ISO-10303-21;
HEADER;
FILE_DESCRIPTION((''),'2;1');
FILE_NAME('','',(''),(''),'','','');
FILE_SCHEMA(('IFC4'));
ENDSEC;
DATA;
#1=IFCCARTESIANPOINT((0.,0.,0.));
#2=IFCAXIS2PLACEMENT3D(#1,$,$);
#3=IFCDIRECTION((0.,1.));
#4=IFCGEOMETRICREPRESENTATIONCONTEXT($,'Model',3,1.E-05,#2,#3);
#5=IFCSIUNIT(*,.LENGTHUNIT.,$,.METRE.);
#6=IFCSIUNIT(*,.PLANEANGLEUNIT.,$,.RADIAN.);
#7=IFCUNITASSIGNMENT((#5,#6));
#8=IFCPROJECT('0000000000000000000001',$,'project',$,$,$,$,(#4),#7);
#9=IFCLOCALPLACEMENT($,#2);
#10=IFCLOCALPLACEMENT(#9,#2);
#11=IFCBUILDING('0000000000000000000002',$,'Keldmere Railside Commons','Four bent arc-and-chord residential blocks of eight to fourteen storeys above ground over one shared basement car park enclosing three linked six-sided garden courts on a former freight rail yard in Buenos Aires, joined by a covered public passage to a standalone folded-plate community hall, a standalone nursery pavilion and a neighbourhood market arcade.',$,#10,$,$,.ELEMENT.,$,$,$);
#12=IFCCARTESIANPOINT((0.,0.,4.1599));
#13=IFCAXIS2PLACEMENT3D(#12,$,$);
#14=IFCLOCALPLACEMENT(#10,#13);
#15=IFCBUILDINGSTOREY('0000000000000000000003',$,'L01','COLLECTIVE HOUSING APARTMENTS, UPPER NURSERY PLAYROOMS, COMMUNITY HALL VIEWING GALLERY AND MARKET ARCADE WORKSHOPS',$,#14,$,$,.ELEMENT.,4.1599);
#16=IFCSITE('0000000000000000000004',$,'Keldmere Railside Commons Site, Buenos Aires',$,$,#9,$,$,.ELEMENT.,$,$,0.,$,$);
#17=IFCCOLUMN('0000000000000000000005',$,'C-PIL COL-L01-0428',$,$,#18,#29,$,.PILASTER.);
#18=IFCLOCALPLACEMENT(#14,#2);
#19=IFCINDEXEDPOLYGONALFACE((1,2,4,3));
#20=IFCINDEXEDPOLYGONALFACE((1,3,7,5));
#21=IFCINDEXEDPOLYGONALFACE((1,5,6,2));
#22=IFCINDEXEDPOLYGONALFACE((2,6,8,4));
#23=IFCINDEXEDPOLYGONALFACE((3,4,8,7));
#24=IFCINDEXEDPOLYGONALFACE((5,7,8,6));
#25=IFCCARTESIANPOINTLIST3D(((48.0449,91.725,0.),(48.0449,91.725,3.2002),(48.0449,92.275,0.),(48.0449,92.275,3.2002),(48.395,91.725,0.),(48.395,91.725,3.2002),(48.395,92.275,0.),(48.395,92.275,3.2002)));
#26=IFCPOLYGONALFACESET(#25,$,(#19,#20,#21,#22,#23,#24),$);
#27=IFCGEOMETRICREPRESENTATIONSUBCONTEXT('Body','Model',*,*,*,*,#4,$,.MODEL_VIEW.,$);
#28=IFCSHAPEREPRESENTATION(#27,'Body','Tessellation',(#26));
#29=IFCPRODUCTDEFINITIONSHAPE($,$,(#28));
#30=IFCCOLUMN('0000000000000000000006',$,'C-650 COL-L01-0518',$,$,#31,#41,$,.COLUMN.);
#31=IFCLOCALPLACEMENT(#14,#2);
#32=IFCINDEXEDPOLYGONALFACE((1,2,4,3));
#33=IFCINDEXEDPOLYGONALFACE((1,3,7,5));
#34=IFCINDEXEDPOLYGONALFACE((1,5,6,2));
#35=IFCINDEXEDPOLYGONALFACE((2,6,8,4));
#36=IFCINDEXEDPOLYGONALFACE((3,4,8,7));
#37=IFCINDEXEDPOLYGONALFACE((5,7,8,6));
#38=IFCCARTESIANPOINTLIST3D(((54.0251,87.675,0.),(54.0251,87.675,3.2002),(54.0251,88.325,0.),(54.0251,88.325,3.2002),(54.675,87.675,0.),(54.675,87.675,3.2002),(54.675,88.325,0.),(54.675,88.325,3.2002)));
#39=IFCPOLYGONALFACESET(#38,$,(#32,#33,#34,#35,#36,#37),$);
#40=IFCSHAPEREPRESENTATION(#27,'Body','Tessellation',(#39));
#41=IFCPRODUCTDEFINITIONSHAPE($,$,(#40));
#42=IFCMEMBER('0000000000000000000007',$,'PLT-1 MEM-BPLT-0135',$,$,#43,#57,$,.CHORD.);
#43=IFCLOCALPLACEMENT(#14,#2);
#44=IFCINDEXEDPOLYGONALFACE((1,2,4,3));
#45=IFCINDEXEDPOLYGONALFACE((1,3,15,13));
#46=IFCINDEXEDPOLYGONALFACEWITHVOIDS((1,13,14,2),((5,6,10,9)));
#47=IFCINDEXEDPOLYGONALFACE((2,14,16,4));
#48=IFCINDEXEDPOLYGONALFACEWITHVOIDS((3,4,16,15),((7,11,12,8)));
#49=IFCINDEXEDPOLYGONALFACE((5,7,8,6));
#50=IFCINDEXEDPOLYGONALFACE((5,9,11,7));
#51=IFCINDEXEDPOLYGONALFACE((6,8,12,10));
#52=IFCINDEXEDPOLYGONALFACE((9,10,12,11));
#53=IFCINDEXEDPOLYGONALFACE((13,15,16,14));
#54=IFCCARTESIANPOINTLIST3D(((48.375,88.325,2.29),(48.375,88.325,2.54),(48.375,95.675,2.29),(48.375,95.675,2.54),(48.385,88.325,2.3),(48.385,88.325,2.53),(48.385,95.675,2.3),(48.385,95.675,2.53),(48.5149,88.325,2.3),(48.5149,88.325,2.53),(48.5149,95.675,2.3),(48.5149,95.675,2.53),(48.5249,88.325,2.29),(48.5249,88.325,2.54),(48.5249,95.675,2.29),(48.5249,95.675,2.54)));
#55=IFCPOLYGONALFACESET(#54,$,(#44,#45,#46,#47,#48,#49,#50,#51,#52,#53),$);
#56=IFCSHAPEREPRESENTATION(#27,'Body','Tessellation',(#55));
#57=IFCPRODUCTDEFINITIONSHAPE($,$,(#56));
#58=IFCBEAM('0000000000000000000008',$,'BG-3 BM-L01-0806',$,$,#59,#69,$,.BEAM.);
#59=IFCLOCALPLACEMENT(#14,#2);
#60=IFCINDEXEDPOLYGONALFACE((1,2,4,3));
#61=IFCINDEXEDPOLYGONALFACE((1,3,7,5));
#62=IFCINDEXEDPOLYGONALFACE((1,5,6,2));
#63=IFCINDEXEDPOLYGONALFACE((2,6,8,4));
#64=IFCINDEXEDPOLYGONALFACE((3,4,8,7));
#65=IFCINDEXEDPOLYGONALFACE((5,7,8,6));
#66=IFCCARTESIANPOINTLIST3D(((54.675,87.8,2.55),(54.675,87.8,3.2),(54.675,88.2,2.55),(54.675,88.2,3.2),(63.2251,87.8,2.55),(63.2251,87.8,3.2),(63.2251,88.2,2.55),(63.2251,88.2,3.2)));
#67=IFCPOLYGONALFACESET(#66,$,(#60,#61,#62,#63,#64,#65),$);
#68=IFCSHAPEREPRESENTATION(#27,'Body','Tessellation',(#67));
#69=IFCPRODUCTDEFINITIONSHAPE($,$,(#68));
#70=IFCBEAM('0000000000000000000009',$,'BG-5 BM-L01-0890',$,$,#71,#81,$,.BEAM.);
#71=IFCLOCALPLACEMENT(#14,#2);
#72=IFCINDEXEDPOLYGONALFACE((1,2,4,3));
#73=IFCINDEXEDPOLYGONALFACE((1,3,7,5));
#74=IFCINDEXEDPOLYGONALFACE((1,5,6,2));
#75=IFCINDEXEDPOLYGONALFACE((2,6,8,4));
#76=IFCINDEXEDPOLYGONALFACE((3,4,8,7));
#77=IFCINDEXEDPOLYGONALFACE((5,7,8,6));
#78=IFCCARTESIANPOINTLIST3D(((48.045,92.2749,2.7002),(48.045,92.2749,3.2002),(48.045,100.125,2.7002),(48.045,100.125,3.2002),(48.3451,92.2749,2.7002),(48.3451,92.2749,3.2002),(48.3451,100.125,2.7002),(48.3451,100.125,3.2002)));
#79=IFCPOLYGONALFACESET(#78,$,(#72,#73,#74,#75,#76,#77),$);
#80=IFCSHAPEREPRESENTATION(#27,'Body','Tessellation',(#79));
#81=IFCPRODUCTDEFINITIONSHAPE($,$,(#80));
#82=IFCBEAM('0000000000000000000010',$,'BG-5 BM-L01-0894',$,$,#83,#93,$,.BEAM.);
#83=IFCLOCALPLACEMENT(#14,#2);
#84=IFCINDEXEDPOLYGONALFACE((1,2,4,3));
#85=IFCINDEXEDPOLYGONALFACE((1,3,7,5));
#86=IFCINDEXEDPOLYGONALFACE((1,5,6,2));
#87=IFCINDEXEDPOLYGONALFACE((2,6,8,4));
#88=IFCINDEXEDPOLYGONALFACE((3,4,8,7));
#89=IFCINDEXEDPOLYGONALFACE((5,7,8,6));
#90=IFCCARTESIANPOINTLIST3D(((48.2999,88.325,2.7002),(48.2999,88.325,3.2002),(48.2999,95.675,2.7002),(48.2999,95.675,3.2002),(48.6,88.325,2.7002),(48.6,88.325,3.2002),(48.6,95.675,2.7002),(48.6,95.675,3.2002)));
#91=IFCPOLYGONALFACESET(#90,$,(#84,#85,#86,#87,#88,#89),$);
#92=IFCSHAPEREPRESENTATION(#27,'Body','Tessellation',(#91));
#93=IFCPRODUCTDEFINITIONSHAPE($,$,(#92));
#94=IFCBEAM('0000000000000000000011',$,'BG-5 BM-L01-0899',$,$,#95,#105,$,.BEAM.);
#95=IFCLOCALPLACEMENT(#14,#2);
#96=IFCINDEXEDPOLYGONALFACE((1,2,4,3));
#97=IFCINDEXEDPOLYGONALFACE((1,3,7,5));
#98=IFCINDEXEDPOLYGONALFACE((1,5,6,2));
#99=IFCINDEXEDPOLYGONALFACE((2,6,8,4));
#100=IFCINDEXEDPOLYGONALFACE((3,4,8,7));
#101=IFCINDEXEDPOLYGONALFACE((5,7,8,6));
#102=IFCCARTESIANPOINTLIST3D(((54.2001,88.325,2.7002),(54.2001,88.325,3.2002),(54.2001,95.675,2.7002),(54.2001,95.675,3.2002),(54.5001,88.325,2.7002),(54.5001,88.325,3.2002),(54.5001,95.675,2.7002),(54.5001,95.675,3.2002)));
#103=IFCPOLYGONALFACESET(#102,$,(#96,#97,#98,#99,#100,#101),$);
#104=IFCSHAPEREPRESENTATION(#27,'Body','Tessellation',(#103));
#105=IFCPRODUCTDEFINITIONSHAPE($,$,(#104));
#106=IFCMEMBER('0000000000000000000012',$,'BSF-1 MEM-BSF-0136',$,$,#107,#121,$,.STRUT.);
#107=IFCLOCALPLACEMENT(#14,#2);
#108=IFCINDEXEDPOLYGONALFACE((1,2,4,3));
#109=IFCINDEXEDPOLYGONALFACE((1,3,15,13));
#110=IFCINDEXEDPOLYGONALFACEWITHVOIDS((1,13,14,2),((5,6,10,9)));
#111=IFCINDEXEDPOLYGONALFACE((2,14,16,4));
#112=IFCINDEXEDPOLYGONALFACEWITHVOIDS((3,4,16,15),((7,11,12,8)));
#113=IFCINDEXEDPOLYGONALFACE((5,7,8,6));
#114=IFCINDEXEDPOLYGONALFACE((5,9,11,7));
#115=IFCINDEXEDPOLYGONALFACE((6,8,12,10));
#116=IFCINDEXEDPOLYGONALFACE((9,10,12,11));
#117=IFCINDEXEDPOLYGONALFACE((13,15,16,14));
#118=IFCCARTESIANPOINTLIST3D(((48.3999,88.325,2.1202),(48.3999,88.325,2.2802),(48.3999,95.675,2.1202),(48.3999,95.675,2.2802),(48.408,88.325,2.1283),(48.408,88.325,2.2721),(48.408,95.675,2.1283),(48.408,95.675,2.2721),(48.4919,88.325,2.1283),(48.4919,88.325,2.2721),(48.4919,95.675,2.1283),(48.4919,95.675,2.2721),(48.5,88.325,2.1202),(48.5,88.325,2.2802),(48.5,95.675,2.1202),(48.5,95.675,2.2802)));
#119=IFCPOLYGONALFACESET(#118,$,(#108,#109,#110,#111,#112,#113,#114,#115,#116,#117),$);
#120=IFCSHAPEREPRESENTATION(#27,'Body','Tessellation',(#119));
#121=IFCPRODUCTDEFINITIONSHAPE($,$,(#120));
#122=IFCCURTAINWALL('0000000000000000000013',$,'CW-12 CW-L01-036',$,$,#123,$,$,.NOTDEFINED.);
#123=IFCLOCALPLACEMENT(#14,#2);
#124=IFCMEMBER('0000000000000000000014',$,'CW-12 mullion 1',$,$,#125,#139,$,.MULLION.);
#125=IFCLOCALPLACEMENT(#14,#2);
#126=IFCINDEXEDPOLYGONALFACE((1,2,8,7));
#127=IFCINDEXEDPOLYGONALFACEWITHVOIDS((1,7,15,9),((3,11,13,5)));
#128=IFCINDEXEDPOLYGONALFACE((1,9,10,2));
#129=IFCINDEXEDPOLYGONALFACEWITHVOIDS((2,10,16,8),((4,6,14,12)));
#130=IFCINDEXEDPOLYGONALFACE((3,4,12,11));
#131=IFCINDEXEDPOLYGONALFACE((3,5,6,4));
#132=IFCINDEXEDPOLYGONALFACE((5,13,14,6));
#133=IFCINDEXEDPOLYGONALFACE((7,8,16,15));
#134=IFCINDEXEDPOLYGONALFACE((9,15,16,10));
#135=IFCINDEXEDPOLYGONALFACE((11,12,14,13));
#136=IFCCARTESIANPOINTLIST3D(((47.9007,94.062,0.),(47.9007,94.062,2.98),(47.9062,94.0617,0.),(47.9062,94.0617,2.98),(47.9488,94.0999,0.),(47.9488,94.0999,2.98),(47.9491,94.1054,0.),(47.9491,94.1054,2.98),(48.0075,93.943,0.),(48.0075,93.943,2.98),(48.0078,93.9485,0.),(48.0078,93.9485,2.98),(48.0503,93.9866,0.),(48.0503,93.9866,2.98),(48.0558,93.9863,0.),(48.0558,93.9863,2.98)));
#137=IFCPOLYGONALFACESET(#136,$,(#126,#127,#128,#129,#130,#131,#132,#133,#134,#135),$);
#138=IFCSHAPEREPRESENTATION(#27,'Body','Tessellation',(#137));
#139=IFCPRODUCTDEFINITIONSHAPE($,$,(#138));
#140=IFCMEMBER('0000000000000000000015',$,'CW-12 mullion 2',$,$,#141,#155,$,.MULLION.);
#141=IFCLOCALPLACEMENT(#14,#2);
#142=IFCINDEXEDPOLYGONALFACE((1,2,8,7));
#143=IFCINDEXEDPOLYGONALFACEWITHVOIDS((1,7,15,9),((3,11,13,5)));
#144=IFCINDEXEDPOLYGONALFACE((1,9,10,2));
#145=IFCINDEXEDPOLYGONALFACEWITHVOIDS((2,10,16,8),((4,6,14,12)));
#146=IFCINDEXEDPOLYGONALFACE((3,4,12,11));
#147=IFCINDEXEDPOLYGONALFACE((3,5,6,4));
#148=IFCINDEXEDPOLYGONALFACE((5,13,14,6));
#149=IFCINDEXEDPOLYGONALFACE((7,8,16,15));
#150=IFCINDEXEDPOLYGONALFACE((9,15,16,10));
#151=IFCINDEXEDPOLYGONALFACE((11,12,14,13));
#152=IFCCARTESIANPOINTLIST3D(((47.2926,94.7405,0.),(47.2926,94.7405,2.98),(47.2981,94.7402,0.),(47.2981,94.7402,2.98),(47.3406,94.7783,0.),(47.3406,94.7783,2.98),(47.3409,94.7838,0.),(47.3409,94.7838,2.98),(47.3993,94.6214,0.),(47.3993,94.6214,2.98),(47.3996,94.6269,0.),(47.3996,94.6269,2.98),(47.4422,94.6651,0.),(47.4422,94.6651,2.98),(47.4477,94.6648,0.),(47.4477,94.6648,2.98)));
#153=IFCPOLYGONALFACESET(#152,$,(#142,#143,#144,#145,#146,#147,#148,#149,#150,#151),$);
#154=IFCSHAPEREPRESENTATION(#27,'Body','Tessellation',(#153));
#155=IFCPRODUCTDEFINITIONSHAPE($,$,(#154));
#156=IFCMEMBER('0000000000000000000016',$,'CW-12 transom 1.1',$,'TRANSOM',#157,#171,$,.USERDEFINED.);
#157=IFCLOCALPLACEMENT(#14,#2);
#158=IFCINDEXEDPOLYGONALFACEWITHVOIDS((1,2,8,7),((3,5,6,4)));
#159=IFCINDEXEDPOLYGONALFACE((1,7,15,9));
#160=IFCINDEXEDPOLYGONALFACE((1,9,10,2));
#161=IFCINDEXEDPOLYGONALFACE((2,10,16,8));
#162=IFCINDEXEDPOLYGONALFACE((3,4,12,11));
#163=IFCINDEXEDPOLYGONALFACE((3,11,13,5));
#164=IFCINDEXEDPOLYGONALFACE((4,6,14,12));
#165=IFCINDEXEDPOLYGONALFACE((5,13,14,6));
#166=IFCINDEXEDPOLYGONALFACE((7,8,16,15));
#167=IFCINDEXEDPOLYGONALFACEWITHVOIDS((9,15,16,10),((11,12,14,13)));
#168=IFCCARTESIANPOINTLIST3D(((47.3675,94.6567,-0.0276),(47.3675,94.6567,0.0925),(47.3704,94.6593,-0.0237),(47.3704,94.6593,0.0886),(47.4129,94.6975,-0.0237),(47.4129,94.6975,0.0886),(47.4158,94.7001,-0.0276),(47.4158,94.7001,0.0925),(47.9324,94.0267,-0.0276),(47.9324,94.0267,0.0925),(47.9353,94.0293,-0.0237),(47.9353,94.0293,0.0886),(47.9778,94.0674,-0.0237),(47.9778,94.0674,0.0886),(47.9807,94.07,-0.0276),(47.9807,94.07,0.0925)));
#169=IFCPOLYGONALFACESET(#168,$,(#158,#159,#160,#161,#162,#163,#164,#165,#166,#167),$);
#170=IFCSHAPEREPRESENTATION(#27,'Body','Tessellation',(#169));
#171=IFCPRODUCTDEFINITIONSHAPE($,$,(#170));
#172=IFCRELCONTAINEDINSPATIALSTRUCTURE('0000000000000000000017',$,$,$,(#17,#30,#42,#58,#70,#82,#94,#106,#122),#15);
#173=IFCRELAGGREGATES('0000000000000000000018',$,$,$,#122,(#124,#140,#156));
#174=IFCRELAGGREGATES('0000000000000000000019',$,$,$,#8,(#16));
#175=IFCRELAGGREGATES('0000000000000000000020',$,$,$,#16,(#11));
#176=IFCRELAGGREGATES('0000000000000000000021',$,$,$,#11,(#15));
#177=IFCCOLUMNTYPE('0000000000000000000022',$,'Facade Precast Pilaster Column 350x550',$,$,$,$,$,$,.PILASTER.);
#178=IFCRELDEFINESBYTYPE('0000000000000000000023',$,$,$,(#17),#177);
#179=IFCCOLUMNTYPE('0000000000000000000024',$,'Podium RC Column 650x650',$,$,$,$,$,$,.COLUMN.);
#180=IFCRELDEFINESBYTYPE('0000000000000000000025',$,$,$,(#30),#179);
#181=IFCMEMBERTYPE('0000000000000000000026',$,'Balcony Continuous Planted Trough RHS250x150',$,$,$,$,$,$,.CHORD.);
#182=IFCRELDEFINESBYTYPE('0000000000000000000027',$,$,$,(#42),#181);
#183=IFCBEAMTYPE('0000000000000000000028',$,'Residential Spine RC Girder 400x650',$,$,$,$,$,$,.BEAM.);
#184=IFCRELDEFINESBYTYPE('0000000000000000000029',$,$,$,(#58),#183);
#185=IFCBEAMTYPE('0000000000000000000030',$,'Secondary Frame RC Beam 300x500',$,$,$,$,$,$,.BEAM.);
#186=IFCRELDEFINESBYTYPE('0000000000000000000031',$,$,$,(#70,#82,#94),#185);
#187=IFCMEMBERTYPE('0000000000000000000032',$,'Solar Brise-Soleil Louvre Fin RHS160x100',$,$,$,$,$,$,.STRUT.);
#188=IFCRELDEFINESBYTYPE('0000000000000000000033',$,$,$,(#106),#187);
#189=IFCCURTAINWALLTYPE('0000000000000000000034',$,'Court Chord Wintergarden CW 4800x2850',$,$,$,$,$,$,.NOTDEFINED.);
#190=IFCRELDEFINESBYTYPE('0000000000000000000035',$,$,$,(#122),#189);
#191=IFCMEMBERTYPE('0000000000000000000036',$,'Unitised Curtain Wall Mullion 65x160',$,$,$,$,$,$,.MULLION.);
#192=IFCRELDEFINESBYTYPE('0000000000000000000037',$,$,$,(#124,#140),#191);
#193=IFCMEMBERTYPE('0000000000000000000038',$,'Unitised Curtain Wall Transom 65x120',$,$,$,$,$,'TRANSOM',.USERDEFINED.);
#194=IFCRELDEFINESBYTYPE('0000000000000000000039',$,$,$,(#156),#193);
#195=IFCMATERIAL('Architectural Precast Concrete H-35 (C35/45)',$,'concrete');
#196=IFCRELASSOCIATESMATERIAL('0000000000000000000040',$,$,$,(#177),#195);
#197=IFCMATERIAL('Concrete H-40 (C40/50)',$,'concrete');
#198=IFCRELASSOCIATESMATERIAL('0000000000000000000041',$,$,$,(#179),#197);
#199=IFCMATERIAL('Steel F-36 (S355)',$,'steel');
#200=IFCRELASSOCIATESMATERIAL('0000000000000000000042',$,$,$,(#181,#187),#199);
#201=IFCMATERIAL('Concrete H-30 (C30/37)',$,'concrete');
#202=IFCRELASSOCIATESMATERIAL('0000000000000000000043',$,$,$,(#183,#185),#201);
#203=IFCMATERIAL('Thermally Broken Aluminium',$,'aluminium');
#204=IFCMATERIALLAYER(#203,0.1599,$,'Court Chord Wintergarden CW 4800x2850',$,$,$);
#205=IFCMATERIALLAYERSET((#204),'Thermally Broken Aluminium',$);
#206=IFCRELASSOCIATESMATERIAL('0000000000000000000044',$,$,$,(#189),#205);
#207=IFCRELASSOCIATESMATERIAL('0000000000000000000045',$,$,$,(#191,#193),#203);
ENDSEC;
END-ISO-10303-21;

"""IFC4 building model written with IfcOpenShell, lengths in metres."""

from ifc_helpers import new_model, si_unit, direction, frame, origin, origin_2d, place, context, subcontext, project, spatial, rectangle, hollow_rectangle, extrude, material, layer, layer_set, material_profile, profile_set, type_object, element, aggregate, save


model = new_model("IFC4")

# Units and contexts
model_context = context("Model", 3, precision=1e-05, world=origin(), true_north=direction((0.0, 1.0)))
body_context = subcontext(model_context, "Body", "Model", "MODEL_VIEW")
ifc_project = project(units=[si_unit("LENGTHUNIT", "METRE"), si_unit("PLANEANGLEUNIT", "RADIAN")], contexts=[model_context])

# Site, building, storey
site_placement = place(None, origin())
site = spatial("IfcSite", under=ifc_project, at=site_placement, Name="Keldmere Railside Commons Site, Buenos Aires", CompositionType="ELEMENT", RefElevation=0.0)
building_placement = place(site_placement, origin())
building = spatial("IfcBuilding", under=site, at=building_placement, Name="Keldmere Railside Commons", Description="Four bent arc-and-chord residential blocks of eight to fourteen storeys above ground over one shared basement car park enclosing three linked six-sided garden courts on a former freight rail yard in Buenos Aires, joined by a covered public passage to a standalone folded-plate community hall, a standalone nursery pavilion and a neighbourhood market arcade.", CompositionType="ELEMENT")
storey_placement = place(building_placement, frame((0.0, 0.0, 4.1599)))
storey = spatial("IfcBuildingStorey", under=building, at=storey_placement, Name="L01", Description="COLLECTIVE HOUSING APARTMENTS, UPPER NURSERY PLAYROOMS, COMMUNITY HALL VIEWING GALLERY AND MARKET ARCADE WORKSHOPS", CompositionType="ELEMENT", Elevation=4.1599)

# Columns
ifc_material_1 = material(Name="Architectural Precast Concrete H-35 (C35/45)", Category="concrete")
ifc_material_profile_1 = material_profile(ifc_material_1, rectangle(XDim=0.3501, YDim=0.55, at=origin_2d()), Name="RC-350x550")
ifc_profile_set_1 = profile_set([ifc_material_profile_1], Name="Architectural Precast Concrete H-35 (C35/45)")
column_type_1 = type_object("IfcColumnType", Name="Facade Precast Pilaster Column 350x550", PredefinedType="PILASTER", material=ifc_profile_set_1)
column_1_placement = place(storey_placement, frame((48.22, 92.0, 0.0), z_axis=(0.0, 0.0, 1.0), x_axis=(1.0, 0.0, 0.0)))
element("IfcColumn", 1, at=column_1_placement, inside=storey, type_object=column_type_1, Name="C-PIL COL-L01-0428", PredefinedType="PILASTER", context=body_context, shape_type="SweptSolid", body=[
    extrude(rectangle(XDim=0.3501, YDim=0.55, at=origin_2d()), origin(), (0.0, 0.0, 1.0), 3.2002),
])
ifc_material_2 = material(Name="Concrete H-40 (C40/50)", Category="concrete")
ifc_material_profile_2 = material_profile(ifc_material_2, rectangle(XDim=0.6499, YDim=0.6499, at=origin_2d()), Name="RC-650x650")
ifc_profile_set_2 = profile_set([ifc_material_profile_2], Name="Concrete H-40 (C40/50)")
column_type_2 = type_object("IfcColumnType", Name="Podium RC Column 650x650", PredefinedType="COLUMN", material=ifc_profile_set_2)
column_2_placement = place(storey_placement, frame((54.3501, 88.0, 0.0), z_axis=(0.0, 0.0, 1.0), x_axis=(1.0, 0.0, 0.0)))
element("IfcColumn", 2, at=column_2_placement, inside=storey, type_object=column_type_2, Name="C-650 COL-L01-0518", PredefinedType="COLUMN", context=body_context, shape_type="SweptSolid", body=[
    extrude(rectangle(XDim=0.6499, YDim=0.6499, at=origin_2d()), origin(), (0.0, 0.0, 1.0), 3.2002),
])

# Member
ifc_material_3 = material(Name="Steel F-36 (S355)", Category="steel")
ifc_material_profile_3 = material_profile(ifc_material_3, hollow_rectangle(XDim=0.1499, YDim=0.25, WallThickness=0.01, at=origin_2d()), Name="RHS-250x150x10")
ifc_profile_set_3 = profile_set([ifc_material_profile_3], Name="Steel F-36 (S355)")
member_type_1 = type_object("IfcMemberType", Name="Balcony Continuous Planted Trough RHS250x150", PredefinedType="CHORD", material=ifc_profile_set_3)
member_1_placement = place(storey_placement, frame((48.45, 88.325, 2.415), z_axis=(0.0, 1.0, 0.0), x_axis=(-1.0, 0.0, 0.0)))
element("IfcMember", 3, at=member_1_placement, inside=storey, type_object=member_type_1, Name="PLT-1 MEM-BPLT-0135", PredefinedType="CHORD", context=body_context, shape_type="SweptSolid", body=[
    extrude(hollow_rectangle(XDim=0.1499, YDim=0.25, WallThickness=0.01, at=origin_2d()), origin(), (0.0, 0.0, 1.0), 7.3501),
])

# Beams
ifc_material_4 = material(Name="Concrete H-30 (C30/37)", Category="concrete")
ifc_material_profile_4 = material_profile(ifc_material_4, rectangle(XDim=0.3999, YDim=0.6499, at=origin_2d()), Name="RC-400x650")
ifc_profile_set_4 = profile_set([ifc_material_profile_4], Name="Concrete H-30 (C30/37)")
beam_type_1 = type_object("IfcBeamType", Name="Residential Spine RC Girder 400x650", PredefinedType="BEAM", material=ifc_profile_set_4)
beam_1_placement = place(storey_placement, frame((54.675, 88.0, 2.875), z_axis=(1.0, 0.0, 0.0), x_axis=(0.0, 1.0, 0.0)))
element("IfcBeam", 4, at=beam_1_placement, inside=storey, type_object=beam_type_1, Name="BG-3 BM-L01-0806", PredefinedType="BEAM", context=body_context, shape_type="SweptSolid", body=[
    extrude(rectangle(XDim=0.3999, YDim=0.6499, at=origin_2d()), origin(), (0.0, 0.0, 1.0), 8.55),
])
ifc_material_profile_5 = material_profile(ifc_material_4, rectangle(XDim=0.3, YDim=0.5, at=origin_2d()), Name="RC-300x500")
ifc_profile_set_5 = profile_set([ifc_material_profile_5], Name="Concrete H-30 (C30/37)")
beam_type_2 = type_object("IfcBeamType", Name="Secondary Frame RC Beam 300x500", PredefinedType="BEAM", material=ifc_profile_set_5)
beam_2_placement = place(storey_placement, frame((48.1951, 92.2749, 2.9502), z_axis=(0.0, 1.0, 0.0), x_axis=(-1.0, 0.0, 0.0)))
element("IfcBeam", 5, at=beam_2_placement, inside=storey, type_object=beam_type_2, Name="BG-5 BM-L01-0890", PredefinedType="BEAM", context=body_context, shape_type="SweptSolid", body=[
    extrude(rectangle(XDim=0.3, YDim=0.5, at=origin_2d()), origin(), (0.0, 0.0, 1.0), 7.8501),
])
for number, where, z_axis, x_axis, name in (
    (6, (48.45, 88.325, 2.9502), (0.0, 1.0, 0.0), (-1.0, 0.0, 0.0), "BG-5 BM-L01-0894"),
    (7, (54.3501, 88.325, 2.9502), (0.0, 1.0, 0.0), (-1.0, 0.0, 0.0), "BG-5 BM-L01-0899"),
):
    element("IfcBeam", number, at=place(storey_placement, frame(where, z_axis=z_axis, x_axis=x_axis)), inside=storey, type_object=beam_type_2, Name=name, PredefinedType="BEAM", context=body_context, shape_type="SweptSolid", body=[
        extrude(rectangle(XDim=0.3, YDim=0.5, at=origin_2d()), origin(), (0.0, 0.0, 1.0), 7.3501),
    ])

# Member
ifc_material_profile_6 = material_profile(ifc_material_3, hollow_rectangle(XDim=0.1001, YDim=0.1599, WallThickness=0.0081, at=origin_2d()), Name="RHS-160x100x8")
ifc_profile_set_6 = profile_set([ifc_material_profile_6], Name="Steel F-36 (S355)")
member_type_2 = type_object("IfcMemberType", Name="Solar Brise-Soleil Louvre Fin RHS160x100", PredefinedType="STRUT", material=ifc_profile_set_6)
member_2_placement = place(storey_placement, frame((48.45, 88.325, 2.2002), z_axis=(0.0, 1.0, 0.0), x_axis=(-1.0, 0.0, 0.0)))
element("IfcMember", 8, at=member_2_placement, inside=storey, type_object=member_type_2, Name="BSF-1 MEM-BSF-0136", PredefinedType="STRUT", context=body_context, shape_type="SweptSolid", body=[
    extrude(hollow_rectangle(XDim=0.1001, YDim=0.1599, WallThickness=0.0081, at=origin_2d()), origin(), (0.0, 0.0, 1.0), 7.3501),
])

# Curtain wall, members
ifc_material_5 = material(Name="Thermally Broken Aluminium", Category="aluminium")
ifc_layer_1 = layer(ifc_material_5, 0.1599, Name="Court Chord Wintergarden CW 4800x2850")
ifc_layer_set_1 = layer_set([ifc_layer_1], Name="Thermally Broken Aluminium")
curtain_wall_type = type_object("IfcCurtainWallType", Name="Court Chord Wintergarden CW 4800x2850", PredefinedType="NOTDEFINED", material=ifc_layer_set_1)
curtain_wall_placement = place(storey_placement, origin())
curtain_wall = element("IfcCurtainWall", 9, at=curtain_wall_placement, inside=storey, type_object=curtain_wall_type, Name="CW-12 CW-L01-036", PredefinedType="NOTDEFINED")
ifc_material_profile_7 = material_profile(ifc_material_5, hollow_rectangle(XDim=0.0649, YDim=0.1599, WallThickness=0.0039, at=origin_2d()), Name="ALU-MULL-65x160")
ifc_profile_set_7 = profile_set([ifc_material_profile_7], Name="Thermally Broken Aluminium")
member_type_3 = type_object("IfcMemberType", Name="Unitised Curtain Wall Mullion 65x160", PredefinedType="MULLION", material=ifc_profile_set_7)
member_3_placement = place(storey_placement, frame((47.9783, 94.0242, 0.0), z_axis=(0.0, 0.0, 1.0), x_axis=(-0.744557, -0.667559, 0.0)))
member_3 = element("IfcMember", 10, at=member_3_placement, type_object=member_type_3, Name="CW-12 mullion 1", PredefinedType="MULLION", context=body_context, shape_type="SweptSolid", body=[
    extrude(hollow_rectangle(XDim=0.0649, YDim=0.1599, WallThickness=0.0039, at=origin_2d()), origin(), (0.0, 0.0, 1.0), 2.98),
])
member_4_placement = place(storey_placement, frame((47.3701, 94.7026, 0.0), z_axis=(0.0, 0.0, 1.0), x_axis=(-0.744557, -0.667559, 0.0)))
member_4 = element("IfcMember", 11, at=member_4_placement, type_object=member_type_3, Name="CW-12 mullion 2", PredefinedType="MULLION", context=body_context, shape_type="SweptSolid", body=[
    extrude(hollow_rectangle(XDim=0.0649, YDim=0.1599, WallThickness=0.0039, at=origin_2d()), origin(), (0.0, 0.0, 1.0), 2.98),
])
ifc_material_profile_8 = material_profile(ifc_material_5, hollow_rectangle(XDim=0.0649, YDim=0.1201, WallThickness=0.0039, at=origin_2d()), Name="ALU-TRAN-65x120")
ifc_profile_set_8 = profile_set([ifc_material_profile_8], Name="Thermally Broken Aluminium")
member_type_4 = type_object("IfcMemberType", Name="Unitised Curtain Wall Transom 65x120", ElementType="TRANSOM", PredefinedType="USERDEFINED", material=ifc_profile_set_8)
member_5_placement = place(storey_placement, frame((47.9565, 94.0483, 0.0325), z_axis=(-0.667545, 0.744569, 0.0), x_axis=(-0.744569, -0.667545, 0.0)))
member_5 = element("IfcMember", 12, at=member_5_placement, type_object=member_type_4, Name="CW-12 transom 1.1", ObjectType="TRANSOM", PredefinedType="USERDEFINED", context=body_context, shape_type="SweptSolid", body=[
    extrude(hollow_rectangle(XDim=0.0649, YDim=0.1201, WallThickness=0.0039, at=origin_2d()), origin(), (0.0, 0.0, 1.0), 0.8462),
])
aggregate(curtain_wall, [member_3, member_4, member_5])

save(model, "model.ifc")
